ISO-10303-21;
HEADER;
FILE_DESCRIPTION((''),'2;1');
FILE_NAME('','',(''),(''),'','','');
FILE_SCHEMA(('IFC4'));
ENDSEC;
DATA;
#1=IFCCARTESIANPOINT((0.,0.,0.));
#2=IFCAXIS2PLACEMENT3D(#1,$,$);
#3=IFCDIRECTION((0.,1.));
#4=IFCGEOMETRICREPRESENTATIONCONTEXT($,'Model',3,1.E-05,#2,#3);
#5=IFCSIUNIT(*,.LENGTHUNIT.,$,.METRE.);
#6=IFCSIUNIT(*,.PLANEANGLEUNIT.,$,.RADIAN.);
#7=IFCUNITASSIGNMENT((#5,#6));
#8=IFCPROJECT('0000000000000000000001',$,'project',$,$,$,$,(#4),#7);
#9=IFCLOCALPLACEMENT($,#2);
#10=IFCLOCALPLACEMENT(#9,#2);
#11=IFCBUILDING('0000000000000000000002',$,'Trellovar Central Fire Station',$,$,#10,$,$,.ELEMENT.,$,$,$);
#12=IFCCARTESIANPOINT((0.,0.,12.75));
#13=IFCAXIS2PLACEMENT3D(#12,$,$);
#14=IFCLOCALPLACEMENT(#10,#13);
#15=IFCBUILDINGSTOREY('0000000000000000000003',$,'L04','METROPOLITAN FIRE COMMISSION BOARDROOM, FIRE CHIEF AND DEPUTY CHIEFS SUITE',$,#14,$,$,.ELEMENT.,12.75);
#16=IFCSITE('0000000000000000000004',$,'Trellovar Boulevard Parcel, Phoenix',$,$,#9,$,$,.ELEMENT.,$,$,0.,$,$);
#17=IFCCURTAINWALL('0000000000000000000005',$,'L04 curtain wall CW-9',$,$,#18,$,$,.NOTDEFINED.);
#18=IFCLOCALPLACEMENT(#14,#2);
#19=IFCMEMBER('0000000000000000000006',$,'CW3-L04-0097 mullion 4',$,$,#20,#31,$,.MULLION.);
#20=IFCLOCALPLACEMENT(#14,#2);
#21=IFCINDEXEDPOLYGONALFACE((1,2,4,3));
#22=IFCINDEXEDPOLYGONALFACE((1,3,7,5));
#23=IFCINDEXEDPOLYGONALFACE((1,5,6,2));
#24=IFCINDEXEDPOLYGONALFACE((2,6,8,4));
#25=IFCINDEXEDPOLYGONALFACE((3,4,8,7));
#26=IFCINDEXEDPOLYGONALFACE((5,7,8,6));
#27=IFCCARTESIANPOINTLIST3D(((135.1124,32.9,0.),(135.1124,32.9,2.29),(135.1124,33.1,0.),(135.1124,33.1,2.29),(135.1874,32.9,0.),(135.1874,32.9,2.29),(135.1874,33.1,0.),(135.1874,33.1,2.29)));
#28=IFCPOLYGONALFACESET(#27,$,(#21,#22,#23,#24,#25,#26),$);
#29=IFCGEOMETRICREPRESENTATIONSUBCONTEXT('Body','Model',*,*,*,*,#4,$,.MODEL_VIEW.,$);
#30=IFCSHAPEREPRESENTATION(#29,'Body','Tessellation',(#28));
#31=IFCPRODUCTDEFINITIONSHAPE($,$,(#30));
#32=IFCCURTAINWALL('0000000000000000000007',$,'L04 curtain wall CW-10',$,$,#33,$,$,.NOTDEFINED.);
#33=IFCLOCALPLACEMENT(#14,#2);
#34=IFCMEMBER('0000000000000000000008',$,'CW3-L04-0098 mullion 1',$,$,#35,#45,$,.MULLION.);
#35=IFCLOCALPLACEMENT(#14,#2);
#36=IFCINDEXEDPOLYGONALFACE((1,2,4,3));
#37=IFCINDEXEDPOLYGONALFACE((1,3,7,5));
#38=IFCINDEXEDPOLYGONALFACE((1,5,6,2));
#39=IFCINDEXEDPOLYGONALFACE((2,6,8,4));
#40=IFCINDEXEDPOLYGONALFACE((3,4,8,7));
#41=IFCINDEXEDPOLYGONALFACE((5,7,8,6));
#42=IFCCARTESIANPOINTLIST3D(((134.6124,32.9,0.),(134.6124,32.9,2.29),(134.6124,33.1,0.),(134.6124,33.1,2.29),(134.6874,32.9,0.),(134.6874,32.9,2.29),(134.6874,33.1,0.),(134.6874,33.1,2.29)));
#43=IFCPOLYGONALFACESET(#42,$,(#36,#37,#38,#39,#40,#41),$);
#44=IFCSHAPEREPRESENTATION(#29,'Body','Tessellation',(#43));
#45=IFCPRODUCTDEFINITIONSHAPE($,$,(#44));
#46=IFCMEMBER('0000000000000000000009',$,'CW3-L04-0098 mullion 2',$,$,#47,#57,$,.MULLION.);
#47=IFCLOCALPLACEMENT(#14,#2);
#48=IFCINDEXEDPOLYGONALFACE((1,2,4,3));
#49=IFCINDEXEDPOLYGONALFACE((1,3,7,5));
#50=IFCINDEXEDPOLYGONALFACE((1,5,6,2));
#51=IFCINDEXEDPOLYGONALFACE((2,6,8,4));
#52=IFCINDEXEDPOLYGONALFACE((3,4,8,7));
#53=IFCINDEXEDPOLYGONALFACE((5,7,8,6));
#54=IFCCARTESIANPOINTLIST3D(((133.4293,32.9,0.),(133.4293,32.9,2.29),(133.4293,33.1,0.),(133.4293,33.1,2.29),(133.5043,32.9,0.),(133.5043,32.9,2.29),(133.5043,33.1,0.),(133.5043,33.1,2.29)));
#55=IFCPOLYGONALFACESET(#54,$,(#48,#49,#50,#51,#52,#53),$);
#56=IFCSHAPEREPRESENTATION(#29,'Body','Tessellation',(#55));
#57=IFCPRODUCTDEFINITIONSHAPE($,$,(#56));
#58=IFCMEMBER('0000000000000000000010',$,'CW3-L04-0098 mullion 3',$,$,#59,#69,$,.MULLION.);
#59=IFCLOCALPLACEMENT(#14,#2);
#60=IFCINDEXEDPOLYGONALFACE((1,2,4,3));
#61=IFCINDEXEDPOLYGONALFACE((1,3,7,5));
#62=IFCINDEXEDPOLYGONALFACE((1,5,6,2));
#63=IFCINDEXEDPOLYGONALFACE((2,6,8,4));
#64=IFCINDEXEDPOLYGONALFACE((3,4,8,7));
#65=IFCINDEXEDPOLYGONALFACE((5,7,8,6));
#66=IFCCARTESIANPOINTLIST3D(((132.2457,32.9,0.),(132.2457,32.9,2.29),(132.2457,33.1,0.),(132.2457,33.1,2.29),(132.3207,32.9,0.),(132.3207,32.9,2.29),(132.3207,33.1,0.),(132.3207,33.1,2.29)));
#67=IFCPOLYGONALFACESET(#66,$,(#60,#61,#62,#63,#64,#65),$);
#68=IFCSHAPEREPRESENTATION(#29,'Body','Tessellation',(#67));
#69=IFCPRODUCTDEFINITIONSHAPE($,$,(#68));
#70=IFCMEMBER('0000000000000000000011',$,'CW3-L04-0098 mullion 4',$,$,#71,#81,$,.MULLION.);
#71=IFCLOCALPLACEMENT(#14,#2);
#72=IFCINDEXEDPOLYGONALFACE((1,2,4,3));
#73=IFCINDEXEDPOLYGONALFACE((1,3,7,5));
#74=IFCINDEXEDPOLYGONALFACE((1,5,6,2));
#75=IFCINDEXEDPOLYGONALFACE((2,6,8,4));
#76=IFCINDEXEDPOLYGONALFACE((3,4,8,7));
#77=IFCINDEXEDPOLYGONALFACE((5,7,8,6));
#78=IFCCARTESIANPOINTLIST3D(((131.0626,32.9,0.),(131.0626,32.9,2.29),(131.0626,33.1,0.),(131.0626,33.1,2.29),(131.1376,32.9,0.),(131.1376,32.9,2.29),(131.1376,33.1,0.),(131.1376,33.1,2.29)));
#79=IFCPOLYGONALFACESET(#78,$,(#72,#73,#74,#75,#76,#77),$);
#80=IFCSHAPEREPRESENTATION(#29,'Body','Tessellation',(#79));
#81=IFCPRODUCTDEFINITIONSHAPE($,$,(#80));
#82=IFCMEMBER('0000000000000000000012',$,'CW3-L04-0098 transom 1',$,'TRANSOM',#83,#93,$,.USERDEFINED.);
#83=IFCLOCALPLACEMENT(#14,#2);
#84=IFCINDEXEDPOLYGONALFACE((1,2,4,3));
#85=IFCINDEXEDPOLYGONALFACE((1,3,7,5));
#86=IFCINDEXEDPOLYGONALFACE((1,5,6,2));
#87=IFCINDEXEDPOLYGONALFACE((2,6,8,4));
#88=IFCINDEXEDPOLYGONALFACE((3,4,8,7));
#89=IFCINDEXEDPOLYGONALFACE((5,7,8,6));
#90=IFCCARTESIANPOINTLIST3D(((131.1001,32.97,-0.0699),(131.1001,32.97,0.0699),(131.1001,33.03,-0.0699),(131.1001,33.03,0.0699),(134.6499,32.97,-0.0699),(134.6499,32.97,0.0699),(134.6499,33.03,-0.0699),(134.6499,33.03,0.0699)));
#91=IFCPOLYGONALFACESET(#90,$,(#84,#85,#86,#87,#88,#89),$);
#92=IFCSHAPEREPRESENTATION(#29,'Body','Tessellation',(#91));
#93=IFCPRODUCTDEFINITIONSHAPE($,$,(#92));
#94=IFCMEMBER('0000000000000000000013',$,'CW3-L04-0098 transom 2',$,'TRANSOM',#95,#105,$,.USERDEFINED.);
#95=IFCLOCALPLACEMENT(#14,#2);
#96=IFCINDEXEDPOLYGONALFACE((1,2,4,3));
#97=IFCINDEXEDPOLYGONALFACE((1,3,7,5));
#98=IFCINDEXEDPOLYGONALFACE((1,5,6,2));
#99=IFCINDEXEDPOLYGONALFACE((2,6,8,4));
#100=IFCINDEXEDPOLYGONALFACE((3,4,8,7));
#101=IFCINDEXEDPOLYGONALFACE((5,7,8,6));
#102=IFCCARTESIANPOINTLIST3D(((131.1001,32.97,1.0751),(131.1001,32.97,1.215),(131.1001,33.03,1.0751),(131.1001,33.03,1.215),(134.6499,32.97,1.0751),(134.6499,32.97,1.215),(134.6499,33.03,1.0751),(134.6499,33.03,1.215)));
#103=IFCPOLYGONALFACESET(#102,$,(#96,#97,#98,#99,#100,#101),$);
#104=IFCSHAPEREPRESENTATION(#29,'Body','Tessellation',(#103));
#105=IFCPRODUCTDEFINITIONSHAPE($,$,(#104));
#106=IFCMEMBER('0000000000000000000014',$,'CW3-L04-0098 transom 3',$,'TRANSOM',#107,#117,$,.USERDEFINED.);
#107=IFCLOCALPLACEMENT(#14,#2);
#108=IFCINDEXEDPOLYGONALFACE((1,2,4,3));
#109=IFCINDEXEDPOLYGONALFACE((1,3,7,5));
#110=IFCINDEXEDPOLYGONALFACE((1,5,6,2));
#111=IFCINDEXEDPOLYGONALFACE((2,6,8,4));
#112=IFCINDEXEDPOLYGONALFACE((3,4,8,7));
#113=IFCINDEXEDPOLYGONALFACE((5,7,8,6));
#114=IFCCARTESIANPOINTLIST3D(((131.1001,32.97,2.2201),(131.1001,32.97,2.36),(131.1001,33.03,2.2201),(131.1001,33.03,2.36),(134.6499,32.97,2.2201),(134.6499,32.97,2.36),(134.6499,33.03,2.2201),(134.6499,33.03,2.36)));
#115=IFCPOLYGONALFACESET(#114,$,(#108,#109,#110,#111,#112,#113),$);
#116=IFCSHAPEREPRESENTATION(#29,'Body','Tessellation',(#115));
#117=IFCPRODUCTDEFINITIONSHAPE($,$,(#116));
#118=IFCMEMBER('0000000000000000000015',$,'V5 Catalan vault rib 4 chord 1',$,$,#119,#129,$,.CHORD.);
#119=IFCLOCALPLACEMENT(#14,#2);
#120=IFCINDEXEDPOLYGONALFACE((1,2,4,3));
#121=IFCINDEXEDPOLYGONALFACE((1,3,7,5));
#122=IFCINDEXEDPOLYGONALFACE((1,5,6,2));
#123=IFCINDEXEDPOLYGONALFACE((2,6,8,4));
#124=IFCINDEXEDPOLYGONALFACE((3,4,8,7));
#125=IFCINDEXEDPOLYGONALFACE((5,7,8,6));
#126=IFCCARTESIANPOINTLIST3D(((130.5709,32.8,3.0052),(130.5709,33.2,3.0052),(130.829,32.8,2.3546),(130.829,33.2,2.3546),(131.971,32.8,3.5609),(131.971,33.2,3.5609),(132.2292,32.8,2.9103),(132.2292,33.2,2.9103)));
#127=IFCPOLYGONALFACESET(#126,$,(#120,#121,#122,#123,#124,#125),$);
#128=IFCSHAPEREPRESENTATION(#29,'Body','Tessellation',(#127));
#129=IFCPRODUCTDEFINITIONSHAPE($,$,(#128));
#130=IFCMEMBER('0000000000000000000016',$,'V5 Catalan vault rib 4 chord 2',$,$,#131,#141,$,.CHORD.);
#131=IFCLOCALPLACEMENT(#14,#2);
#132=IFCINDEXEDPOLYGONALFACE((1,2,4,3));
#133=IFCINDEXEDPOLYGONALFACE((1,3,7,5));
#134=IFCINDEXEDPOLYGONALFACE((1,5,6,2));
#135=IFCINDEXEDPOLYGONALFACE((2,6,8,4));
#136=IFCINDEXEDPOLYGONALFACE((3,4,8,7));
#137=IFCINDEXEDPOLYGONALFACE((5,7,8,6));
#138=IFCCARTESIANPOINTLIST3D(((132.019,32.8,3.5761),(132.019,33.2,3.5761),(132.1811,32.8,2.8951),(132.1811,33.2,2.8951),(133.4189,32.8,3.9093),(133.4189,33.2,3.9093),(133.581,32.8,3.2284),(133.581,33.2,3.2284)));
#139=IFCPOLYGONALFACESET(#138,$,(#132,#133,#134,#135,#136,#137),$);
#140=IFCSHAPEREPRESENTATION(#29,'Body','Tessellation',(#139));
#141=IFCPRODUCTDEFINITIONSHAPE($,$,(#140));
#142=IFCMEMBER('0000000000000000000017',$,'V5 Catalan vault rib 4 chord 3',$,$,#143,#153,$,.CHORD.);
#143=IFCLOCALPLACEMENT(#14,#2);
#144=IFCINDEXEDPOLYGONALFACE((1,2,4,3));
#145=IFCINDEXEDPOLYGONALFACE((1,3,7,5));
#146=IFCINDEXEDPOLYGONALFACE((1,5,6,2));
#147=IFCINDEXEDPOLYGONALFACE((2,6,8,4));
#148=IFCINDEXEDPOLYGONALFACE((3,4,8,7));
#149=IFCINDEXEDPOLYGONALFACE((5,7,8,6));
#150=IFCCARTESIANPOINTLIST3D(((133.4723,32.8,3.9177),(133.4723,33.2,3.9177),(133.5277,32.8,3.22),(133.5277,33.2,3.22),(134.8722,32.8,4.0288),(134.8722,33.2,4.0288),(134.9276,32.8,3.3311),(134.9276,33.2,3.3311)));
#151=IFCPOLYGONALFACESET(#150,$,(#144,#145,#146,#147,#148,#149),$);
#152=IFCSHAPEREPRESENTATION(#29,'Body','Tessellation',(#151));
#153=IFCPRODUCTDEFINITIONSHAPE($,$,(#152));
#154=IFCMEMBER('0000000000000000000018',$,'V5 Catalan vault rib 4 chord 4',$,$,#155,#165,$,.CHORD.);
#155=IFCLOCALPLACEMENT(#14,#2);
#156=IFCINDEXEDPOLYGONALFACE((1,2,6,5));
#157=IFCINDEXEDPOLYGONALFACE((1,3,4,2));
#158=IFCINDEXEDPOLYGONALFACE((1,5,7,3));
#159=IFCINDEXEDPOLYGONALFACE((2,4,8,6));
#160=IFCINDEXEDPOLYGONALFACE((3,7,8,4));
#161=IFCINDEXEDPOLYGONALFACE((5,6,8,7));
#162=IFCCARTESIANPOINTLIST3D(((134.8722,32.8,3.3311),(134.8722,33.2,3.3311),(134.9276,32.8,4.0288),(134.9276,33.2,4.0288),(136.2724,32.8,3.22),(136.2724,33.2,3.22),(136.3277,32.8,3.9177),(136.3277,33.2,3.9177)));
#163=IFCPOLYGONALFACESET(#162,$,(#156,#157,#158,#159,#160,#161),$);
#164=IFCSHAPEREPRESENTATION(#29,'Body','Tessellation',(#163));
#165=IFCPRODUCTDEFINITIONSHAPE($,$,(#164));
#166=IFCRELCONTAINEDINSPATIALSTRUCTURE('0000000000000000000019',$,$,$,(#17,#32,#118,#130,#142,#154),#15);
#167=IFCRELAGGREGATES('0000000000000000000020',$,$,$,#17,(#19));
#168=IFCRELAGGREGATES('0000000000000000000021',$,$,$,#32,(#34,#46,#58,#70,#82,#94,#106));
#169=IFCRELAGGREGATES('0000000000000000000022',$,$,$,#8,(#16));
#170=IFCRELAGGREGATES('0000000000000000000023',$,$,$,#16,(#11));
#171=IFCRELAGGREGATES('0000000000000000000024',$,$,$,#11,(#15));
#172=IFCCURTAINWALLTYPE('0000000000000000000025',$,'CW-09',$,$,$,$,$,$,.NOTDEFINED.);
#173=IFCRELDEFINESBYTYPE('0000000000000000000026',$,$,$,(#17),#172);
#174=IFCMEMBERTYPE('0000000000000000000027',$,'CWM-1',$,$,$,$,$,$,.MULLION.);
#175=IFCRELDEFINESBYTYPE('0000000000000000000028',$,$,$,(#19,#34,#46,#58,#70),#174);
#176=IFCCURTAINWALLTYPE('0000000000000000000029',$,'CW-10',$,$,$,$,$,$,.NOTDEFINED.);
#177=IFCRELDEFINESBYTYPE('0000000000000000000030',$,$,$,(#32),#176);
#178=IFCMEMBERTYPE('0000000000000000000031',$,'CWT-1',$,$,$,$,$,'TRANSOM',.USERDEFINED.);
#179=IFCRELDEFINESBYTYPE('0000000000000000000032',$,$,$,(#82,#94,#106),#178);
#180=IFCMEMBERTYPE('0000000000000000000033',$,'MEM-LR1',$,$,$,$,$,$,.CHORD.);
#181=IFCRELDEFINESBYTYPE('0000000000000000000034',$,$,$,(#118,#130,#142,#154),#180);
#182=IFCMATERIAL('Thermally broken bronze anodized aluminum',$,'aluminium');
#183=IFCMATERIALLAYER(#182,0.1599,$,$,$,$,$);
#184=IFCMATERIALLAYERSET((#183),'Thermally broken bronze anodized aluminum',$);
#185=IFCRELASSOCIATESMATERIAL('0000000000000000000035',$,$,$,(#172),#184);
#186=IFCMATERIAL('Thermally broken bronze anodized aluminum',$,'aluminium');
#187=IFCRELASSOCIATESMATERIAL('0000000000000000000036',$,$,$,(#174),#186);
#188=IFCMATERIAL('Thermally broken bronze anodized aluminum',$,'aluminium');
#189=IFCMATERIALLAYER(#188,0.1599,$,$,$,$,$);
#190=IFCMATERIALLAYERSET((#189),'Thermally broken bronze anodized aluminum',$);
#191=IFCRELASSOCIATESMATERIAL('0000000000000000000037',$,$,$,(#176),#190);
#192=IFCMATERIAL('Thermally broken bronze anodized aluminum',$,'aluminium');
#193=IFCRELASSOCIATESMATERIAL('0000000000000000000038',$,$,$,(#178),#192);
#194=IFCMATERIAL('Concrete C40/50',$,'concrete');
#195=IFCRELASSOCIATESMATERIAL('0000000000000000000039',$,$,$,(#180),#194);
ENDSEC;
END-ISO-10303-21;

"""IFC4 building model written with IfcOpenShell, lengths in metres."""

from ifc_helpers import new_model, si_unit, direction, frame, origin, origin_2d, place, context, subcontext, project, spatial, rectangle, extrude, material, layer, layer_set, material_profile, profile_set, type_object, element, aggregate, save


model = new_model("IFC4")

# Units and contexts
model_context = context("Model", 3, precision=1e-05, world=origin(), true_north=direction((0.0, 1.0)))
body_context = subcontext(model_context, "Body", "Model", "MODEL_VIEW")
ifc_project = project(units=[si_unit("LENGTHUNIT", "METRE"), si_unit("PLANEANGLEUNIT", "RADIAN")], contexts=[model_context])

# Site, building, storey
site_placement = place(None, origin())
site = spatial("IfcSite", under=ifc_project, at=site_placement, Name="Trellovar Boulevard Parcel, Phoenix", CompositionType="ELEMENT", RefElevation=0.0)
building_placement = place(site_placement, origin())
building = spatial("IfcBuilding", under=site, at=building_placement, Name="Trellovar Central Fire Station", CompositionType="ELEMENT")
storey_placement = place(building_placement, frame((0.0, 0.0, 12.75)))
storey = spatial("IfcBuildingStorey", under=building, at=storey_placement, Name="L04", Description="METROPOLITAN FIRE COMMISSION BOARDROOM, FIRE CHIEF AND DEPUTY CHIEFS SUITE", CompositionType="ELEMENT", Elevation=12.75)

# Curtain wall, member
ifc_material_1 = material(Name="Thermally broken bronze anodized aluminum", Category="aluminium")
ifc_layer_1 = layer(ifc_material_1, 0.1599)
ifc_layer_set_1 = layer_set([ifc_layer_1], Name="Thermally broken bronze anodized aluminum")
curtain_wall_type_1 = type_object("IfcCurtainWallType", Name="CW-09", PredefinedType="NOTDEFINED", material=ifc_layer_set_1)
curtain_wall_1_placement = place(storey_placement, origin())
curtain_wall_1 = element("IfcCurtainWall", 1, at=curtain_wall_1_placement, inside=storey, type_object=curtain_wall_type_1, Name="L04 curtain wall CW-9", PredefinedType="NOTDEFINED")
ifc_material_2 = material(Name="Thermally broken bronze anodized aluminum", Category="aluminium")
ifc_material_profile_1 = material_profile(ifc_material_2, rectangle(XDim=0.075, YDim=0.2, at=origin_2d()), Name="ALU75X200")
ifc_profile_set_1 = profile_set([ifc_material_profile_1], Name="Thermally broken bronze anodized aluminum")
member_type_1 = type_object("IfcMemberType", Name="CWM-1", PredefinedType="MULLION", material=ifc_profile_set_1)
member_1_placement = place(storey_placement, frame((135.1499, 33.0, 0.0), z_axis=(0.0, 0.0, 1.0), x_axis=(1.0, 0.0, 0.0)))
member_1 = element("IfcMember", 2, at=member_1_placement, type_object=member_type_1, Name="CW3-L04-0097 mullion 4", PredefinedType="MULLION", context=body_context, shape_type="SweptSolid", body=[
    extrude(rectangle(XDim=0.075, YDim=0.2, at=origin_2d()), origin(), (0.0, 0.0, 1.0), 2.29),
])
aggregate(curtain_wall_1, [member_1])

# Curtain wall, members
ifc_material_3 = material(Name="Thermally broken bronze anodized aluminum", Category="aluminium")
ifc_layer_2 = layer(ifc_material_3, 0.1599)
ifc_layer_set_2 = layer_set([ifc_layer_2], Name="Thermally broken bronze anodized aluminum")
curtain_wall_type_2 = type_object("IfcCurtainWallType", Name="CW-10", PredefinedType="NOTDEFINED", material=ifc_layer_set_2)
curtain_wall_2_placement = place(storey_placement, origin())
curtain_wall_2 = element("IfcCurtainWall", 3, at=curtain_wall_2_placement, inside=storey, type_object=curtain_wall_type_2, Name="L04 curtain wall CW-10", PredefinedType="NOTDEFINED")
member_2_placement = place(storey_placement, frame((134.6499, 33.0, 0.0), z_axis=(0.0, 0.0, 1.0), x_axis=(1.0, 0.0, 0.0)))
member_2 = element("IfcMember", 4, at=member_2_placement, type_object=member_type_1, Name="CW3-L04-0098 mullion 1", PredefinedType="MULLION", context=body_context, shape_type="SweptSolid", body=[
    extrude(rectangle(XDim=0.075, YDim=0.2, at=origin_2d()), origin(), (0.0, 0.0, 1.0), 2.29),
])
member_3_placement = place(storey_placement, frame((133.4668, 33.0, 0.0), z_axis=(0.0, 0.0, 1.0), x_axis=(1.0, 0.0, 0.0)))
member_3 = element("IfcMember", 5, at=member_3_placement, type_object=member_type_1, Name="CW3-L04-0098 mullion 2", PredefinedType="MULLION", context=body_context, shape_type="SweptSolid", body=[
    extrude(rectangle(XDim=0.075, YDim=0.2, at=origin_2d()), origin(), (0.0, 0.0, 1.0), 2.29),
])
member_4_placement = place(storey_placement, frame((132.2832, 33.0, 0.0), z_axis=(0.0, 0.0, 1.0), x_axis=(1.0, 0.0, 0.0)))
member_4 = element("IfcMember", 6, at=member_4_placement, type_object=member_type_1, Name="CW3-L04-0098 mullion 3", PredefinedType="MULLION", context=body_context, shape_type="SweptSolid", body=[
    extrude(rectangle(XDim=0.075, YDim=0.2, at=origin_2d()), origin(), (0.0, 0.0, 1.0), 2.29),
])
member_5_placement = place(storey_placement, frame((131.1001, 33.0, 0.0), z_axis=(0.0, 0.0, 1.0), x_axis=(1.0, 0.0, 0.0)))
member_5 = element("IfcMember", 7, at=member_5_placement, type_object=member_type_1, Name="CW3-L04-0098 mullion 4", PredefinedType="MULLION", context=body_context, shape_type="SweptSolid", body=[
    extrude(rectangle(XDim=0.075, YDim=0.2, at=origin_2d()), origin(), (0.0, 0.0, 1.0), 2.29),
])
ifc_material_4 = material(Name="Thermally broken bronze anodized aluminum", Category="aluminium")
ifc_material_profile_2 = material_profile(ifc_material_4, rectangle(XDim=0.0601, YDim=0.1399, at=origin_2d()), Name="ALU60X140")
ifc_profile_set_2 = profile_set([ifc_material_profile_2], Name="Thermally broken bronze anodized aluminum")
member_type_2 = type_object("IfcMemberType", Name="CWT-1", ElementType="TRANSOM", PredefinedType="USERDEFINED", material=ifc_profile_set_2)
member_6_placement = place(storey_placement, frame((134.6499, 33.0, 0.0), z_axis=(-1.0, 0.0, 0.0), x_axis=(0.0, -1.0, 0.0)))
member_6 = element("IfcMember", 8, at=member_6_placement, type_object=member_type_2, Name="CW3-L04-0098 transom 1", ObjectType="TRANSOM", PredefinedType="USERDEFINED", context=body_context, shape_type="SweptSolid", body=[
    extrude(rectangle(XDim=0.0601, YDim=0.1399, at=origin_2d()), origin(), (0.0, 0.0, 1.0), 3.5498),
])
member_7_placement = place(storey_placement, frame((134.6499, 33.0, 1.145), z_axis=(-1.0, 0.0, 0.0), x_axis=(0.0, -1.0, 0.0)))
member_7 = element("IfcMember", 9, at=member_7_placement, type_object=member_type_2, Name="CW3-L04-0098 transom 2", ObjectType="TRANSOM", PredefinedType="USERDEFINED", context=body_context, shape_type="SweptSolid", body=[
    extrude(rectangle(XDim=0.0601, YDim=0.1399, at=origin_2d()), origin(), (0.0, 0.0, 1.0), 3.5498),
])
member_8_placement = place(storey_placement, frame((134.6499, 33.0, 2.29), z_axis=(-1.0, 0.0, 0.0), x_axis=(0.0, -1.0, 0.0)))
member_8 = element("IfcMember", 10, at=member_8_placement, type_object=member_type_2, Name="CW3-L04-0098 transom 3", ObjectType="TRANSOM", PredefinedType="USERDEFINED", context=body_context, shape_type="SweptSolid", body=[
    extrude(rectangle(XDim=0.0601, YDim=0.1399, at=origin_2d()), origin(), (0.0, 0.0, 1.0), 3.5498),
])

# Members
ifc_material_5 = material(Name="Concrete C40/50", Category="concrete")
ifc_material_profile_3 = material_profile(ifc_material_5, rectangle(XDim=0.3999, YDim=0.7, at=origin_2d()), Name="RC400X700")
ifc_profile_set_3 = profile_set([ifc_material_profile_3], Name="Concrete C40/50")
member_type_3 = type_object("IfcMemberType", Name="MEM-LR1", PredefinedType="CHORD", material=ifc_profile_set_3)
member_9_placement = place(storey_placement, frame((130.7, 33.0, 2.6799), z_axis=(0.929479, 0.0, 0.368874), x_axis=(0.0, 1.0, 0.0)))
element("IfcMember", 11, at=member_9_placement, inside=storey, type_object=member_type_3, Name="V5 Catalan vault rib 4 chord 1", PredefinedType="CHORD", context=body_context, shape_type="SweptSolid", body=[
    extrude(rectangle(XDim=0.3999, YDim=0.7, at=origin_2d()), origin(), (0.0, 0.0, 1.0), 1.5063),
])
member_10_placement = place(storey_placement, frame((132.1001, 33.0, 3.2356), z_axis=(0.972815, 0.0, 0.231582), x_axis=(0.0, 1.0, 0.0)))
element("IfcMember", 12, at=member_10_placement, inside=storey, type_object=member_type_3, Name="V5 Catalan vault rib 4 chord 2", PredefinedType="CHORD", context=body_context, shape_type="SweptSolid", body=[
    extrude(rectangle(XDim=0.3999, YDim=0.7, at=origin_2d()), origin(), (0.0, 0.0, 1.0), 1.439),
])
member_11_placement = place(storey_placement, frame((133.5, 33.0, 3.5688), z_axis=(0.996866, 0.0, 0.079103), x_axis=(0.0, 1.0, 0.0)))
element("IfcMember", 13, at=member_11_placement, inside=storey, type_object=member_type_3, Name="V5 Catalan vault rib 4 chord 3", PredefinedType="CHORD", context=body_context, shape_type="SweptSolid", body=[
    extrude(rectangle(XDim=0.3999, YDim=0.7, at=origin_2d()), origin(), (0.0, 0.0, 1.0), 1.4043),
])
member_12_placement = place(storey_placement, frame((134.8999, 33.0, 3.6799), z_axis=(0.996868, 0.0, -0.079089), x_axis=(0.0, 1.0, 0.0)))
element("IfcMember", 14, at=member_12_placement, inside=storey, type_object=member_type_3, Name="V5 Catalan vault rib 4 chord 4", PredefinedType="CHORD", context=body_context, shape_type="SweptSolid", body=[
    extrude(rectangle(XDim=0.3999, YDim=0.7, at=origin_2d()), origin(), (0.0, 0.0, 1.0), 1.4045),
])

aggregate(curtain_wall_2, [member_2, member_3, member_4, member_5, member_6, member_7, member_8])

save(model, "model.ifc")
